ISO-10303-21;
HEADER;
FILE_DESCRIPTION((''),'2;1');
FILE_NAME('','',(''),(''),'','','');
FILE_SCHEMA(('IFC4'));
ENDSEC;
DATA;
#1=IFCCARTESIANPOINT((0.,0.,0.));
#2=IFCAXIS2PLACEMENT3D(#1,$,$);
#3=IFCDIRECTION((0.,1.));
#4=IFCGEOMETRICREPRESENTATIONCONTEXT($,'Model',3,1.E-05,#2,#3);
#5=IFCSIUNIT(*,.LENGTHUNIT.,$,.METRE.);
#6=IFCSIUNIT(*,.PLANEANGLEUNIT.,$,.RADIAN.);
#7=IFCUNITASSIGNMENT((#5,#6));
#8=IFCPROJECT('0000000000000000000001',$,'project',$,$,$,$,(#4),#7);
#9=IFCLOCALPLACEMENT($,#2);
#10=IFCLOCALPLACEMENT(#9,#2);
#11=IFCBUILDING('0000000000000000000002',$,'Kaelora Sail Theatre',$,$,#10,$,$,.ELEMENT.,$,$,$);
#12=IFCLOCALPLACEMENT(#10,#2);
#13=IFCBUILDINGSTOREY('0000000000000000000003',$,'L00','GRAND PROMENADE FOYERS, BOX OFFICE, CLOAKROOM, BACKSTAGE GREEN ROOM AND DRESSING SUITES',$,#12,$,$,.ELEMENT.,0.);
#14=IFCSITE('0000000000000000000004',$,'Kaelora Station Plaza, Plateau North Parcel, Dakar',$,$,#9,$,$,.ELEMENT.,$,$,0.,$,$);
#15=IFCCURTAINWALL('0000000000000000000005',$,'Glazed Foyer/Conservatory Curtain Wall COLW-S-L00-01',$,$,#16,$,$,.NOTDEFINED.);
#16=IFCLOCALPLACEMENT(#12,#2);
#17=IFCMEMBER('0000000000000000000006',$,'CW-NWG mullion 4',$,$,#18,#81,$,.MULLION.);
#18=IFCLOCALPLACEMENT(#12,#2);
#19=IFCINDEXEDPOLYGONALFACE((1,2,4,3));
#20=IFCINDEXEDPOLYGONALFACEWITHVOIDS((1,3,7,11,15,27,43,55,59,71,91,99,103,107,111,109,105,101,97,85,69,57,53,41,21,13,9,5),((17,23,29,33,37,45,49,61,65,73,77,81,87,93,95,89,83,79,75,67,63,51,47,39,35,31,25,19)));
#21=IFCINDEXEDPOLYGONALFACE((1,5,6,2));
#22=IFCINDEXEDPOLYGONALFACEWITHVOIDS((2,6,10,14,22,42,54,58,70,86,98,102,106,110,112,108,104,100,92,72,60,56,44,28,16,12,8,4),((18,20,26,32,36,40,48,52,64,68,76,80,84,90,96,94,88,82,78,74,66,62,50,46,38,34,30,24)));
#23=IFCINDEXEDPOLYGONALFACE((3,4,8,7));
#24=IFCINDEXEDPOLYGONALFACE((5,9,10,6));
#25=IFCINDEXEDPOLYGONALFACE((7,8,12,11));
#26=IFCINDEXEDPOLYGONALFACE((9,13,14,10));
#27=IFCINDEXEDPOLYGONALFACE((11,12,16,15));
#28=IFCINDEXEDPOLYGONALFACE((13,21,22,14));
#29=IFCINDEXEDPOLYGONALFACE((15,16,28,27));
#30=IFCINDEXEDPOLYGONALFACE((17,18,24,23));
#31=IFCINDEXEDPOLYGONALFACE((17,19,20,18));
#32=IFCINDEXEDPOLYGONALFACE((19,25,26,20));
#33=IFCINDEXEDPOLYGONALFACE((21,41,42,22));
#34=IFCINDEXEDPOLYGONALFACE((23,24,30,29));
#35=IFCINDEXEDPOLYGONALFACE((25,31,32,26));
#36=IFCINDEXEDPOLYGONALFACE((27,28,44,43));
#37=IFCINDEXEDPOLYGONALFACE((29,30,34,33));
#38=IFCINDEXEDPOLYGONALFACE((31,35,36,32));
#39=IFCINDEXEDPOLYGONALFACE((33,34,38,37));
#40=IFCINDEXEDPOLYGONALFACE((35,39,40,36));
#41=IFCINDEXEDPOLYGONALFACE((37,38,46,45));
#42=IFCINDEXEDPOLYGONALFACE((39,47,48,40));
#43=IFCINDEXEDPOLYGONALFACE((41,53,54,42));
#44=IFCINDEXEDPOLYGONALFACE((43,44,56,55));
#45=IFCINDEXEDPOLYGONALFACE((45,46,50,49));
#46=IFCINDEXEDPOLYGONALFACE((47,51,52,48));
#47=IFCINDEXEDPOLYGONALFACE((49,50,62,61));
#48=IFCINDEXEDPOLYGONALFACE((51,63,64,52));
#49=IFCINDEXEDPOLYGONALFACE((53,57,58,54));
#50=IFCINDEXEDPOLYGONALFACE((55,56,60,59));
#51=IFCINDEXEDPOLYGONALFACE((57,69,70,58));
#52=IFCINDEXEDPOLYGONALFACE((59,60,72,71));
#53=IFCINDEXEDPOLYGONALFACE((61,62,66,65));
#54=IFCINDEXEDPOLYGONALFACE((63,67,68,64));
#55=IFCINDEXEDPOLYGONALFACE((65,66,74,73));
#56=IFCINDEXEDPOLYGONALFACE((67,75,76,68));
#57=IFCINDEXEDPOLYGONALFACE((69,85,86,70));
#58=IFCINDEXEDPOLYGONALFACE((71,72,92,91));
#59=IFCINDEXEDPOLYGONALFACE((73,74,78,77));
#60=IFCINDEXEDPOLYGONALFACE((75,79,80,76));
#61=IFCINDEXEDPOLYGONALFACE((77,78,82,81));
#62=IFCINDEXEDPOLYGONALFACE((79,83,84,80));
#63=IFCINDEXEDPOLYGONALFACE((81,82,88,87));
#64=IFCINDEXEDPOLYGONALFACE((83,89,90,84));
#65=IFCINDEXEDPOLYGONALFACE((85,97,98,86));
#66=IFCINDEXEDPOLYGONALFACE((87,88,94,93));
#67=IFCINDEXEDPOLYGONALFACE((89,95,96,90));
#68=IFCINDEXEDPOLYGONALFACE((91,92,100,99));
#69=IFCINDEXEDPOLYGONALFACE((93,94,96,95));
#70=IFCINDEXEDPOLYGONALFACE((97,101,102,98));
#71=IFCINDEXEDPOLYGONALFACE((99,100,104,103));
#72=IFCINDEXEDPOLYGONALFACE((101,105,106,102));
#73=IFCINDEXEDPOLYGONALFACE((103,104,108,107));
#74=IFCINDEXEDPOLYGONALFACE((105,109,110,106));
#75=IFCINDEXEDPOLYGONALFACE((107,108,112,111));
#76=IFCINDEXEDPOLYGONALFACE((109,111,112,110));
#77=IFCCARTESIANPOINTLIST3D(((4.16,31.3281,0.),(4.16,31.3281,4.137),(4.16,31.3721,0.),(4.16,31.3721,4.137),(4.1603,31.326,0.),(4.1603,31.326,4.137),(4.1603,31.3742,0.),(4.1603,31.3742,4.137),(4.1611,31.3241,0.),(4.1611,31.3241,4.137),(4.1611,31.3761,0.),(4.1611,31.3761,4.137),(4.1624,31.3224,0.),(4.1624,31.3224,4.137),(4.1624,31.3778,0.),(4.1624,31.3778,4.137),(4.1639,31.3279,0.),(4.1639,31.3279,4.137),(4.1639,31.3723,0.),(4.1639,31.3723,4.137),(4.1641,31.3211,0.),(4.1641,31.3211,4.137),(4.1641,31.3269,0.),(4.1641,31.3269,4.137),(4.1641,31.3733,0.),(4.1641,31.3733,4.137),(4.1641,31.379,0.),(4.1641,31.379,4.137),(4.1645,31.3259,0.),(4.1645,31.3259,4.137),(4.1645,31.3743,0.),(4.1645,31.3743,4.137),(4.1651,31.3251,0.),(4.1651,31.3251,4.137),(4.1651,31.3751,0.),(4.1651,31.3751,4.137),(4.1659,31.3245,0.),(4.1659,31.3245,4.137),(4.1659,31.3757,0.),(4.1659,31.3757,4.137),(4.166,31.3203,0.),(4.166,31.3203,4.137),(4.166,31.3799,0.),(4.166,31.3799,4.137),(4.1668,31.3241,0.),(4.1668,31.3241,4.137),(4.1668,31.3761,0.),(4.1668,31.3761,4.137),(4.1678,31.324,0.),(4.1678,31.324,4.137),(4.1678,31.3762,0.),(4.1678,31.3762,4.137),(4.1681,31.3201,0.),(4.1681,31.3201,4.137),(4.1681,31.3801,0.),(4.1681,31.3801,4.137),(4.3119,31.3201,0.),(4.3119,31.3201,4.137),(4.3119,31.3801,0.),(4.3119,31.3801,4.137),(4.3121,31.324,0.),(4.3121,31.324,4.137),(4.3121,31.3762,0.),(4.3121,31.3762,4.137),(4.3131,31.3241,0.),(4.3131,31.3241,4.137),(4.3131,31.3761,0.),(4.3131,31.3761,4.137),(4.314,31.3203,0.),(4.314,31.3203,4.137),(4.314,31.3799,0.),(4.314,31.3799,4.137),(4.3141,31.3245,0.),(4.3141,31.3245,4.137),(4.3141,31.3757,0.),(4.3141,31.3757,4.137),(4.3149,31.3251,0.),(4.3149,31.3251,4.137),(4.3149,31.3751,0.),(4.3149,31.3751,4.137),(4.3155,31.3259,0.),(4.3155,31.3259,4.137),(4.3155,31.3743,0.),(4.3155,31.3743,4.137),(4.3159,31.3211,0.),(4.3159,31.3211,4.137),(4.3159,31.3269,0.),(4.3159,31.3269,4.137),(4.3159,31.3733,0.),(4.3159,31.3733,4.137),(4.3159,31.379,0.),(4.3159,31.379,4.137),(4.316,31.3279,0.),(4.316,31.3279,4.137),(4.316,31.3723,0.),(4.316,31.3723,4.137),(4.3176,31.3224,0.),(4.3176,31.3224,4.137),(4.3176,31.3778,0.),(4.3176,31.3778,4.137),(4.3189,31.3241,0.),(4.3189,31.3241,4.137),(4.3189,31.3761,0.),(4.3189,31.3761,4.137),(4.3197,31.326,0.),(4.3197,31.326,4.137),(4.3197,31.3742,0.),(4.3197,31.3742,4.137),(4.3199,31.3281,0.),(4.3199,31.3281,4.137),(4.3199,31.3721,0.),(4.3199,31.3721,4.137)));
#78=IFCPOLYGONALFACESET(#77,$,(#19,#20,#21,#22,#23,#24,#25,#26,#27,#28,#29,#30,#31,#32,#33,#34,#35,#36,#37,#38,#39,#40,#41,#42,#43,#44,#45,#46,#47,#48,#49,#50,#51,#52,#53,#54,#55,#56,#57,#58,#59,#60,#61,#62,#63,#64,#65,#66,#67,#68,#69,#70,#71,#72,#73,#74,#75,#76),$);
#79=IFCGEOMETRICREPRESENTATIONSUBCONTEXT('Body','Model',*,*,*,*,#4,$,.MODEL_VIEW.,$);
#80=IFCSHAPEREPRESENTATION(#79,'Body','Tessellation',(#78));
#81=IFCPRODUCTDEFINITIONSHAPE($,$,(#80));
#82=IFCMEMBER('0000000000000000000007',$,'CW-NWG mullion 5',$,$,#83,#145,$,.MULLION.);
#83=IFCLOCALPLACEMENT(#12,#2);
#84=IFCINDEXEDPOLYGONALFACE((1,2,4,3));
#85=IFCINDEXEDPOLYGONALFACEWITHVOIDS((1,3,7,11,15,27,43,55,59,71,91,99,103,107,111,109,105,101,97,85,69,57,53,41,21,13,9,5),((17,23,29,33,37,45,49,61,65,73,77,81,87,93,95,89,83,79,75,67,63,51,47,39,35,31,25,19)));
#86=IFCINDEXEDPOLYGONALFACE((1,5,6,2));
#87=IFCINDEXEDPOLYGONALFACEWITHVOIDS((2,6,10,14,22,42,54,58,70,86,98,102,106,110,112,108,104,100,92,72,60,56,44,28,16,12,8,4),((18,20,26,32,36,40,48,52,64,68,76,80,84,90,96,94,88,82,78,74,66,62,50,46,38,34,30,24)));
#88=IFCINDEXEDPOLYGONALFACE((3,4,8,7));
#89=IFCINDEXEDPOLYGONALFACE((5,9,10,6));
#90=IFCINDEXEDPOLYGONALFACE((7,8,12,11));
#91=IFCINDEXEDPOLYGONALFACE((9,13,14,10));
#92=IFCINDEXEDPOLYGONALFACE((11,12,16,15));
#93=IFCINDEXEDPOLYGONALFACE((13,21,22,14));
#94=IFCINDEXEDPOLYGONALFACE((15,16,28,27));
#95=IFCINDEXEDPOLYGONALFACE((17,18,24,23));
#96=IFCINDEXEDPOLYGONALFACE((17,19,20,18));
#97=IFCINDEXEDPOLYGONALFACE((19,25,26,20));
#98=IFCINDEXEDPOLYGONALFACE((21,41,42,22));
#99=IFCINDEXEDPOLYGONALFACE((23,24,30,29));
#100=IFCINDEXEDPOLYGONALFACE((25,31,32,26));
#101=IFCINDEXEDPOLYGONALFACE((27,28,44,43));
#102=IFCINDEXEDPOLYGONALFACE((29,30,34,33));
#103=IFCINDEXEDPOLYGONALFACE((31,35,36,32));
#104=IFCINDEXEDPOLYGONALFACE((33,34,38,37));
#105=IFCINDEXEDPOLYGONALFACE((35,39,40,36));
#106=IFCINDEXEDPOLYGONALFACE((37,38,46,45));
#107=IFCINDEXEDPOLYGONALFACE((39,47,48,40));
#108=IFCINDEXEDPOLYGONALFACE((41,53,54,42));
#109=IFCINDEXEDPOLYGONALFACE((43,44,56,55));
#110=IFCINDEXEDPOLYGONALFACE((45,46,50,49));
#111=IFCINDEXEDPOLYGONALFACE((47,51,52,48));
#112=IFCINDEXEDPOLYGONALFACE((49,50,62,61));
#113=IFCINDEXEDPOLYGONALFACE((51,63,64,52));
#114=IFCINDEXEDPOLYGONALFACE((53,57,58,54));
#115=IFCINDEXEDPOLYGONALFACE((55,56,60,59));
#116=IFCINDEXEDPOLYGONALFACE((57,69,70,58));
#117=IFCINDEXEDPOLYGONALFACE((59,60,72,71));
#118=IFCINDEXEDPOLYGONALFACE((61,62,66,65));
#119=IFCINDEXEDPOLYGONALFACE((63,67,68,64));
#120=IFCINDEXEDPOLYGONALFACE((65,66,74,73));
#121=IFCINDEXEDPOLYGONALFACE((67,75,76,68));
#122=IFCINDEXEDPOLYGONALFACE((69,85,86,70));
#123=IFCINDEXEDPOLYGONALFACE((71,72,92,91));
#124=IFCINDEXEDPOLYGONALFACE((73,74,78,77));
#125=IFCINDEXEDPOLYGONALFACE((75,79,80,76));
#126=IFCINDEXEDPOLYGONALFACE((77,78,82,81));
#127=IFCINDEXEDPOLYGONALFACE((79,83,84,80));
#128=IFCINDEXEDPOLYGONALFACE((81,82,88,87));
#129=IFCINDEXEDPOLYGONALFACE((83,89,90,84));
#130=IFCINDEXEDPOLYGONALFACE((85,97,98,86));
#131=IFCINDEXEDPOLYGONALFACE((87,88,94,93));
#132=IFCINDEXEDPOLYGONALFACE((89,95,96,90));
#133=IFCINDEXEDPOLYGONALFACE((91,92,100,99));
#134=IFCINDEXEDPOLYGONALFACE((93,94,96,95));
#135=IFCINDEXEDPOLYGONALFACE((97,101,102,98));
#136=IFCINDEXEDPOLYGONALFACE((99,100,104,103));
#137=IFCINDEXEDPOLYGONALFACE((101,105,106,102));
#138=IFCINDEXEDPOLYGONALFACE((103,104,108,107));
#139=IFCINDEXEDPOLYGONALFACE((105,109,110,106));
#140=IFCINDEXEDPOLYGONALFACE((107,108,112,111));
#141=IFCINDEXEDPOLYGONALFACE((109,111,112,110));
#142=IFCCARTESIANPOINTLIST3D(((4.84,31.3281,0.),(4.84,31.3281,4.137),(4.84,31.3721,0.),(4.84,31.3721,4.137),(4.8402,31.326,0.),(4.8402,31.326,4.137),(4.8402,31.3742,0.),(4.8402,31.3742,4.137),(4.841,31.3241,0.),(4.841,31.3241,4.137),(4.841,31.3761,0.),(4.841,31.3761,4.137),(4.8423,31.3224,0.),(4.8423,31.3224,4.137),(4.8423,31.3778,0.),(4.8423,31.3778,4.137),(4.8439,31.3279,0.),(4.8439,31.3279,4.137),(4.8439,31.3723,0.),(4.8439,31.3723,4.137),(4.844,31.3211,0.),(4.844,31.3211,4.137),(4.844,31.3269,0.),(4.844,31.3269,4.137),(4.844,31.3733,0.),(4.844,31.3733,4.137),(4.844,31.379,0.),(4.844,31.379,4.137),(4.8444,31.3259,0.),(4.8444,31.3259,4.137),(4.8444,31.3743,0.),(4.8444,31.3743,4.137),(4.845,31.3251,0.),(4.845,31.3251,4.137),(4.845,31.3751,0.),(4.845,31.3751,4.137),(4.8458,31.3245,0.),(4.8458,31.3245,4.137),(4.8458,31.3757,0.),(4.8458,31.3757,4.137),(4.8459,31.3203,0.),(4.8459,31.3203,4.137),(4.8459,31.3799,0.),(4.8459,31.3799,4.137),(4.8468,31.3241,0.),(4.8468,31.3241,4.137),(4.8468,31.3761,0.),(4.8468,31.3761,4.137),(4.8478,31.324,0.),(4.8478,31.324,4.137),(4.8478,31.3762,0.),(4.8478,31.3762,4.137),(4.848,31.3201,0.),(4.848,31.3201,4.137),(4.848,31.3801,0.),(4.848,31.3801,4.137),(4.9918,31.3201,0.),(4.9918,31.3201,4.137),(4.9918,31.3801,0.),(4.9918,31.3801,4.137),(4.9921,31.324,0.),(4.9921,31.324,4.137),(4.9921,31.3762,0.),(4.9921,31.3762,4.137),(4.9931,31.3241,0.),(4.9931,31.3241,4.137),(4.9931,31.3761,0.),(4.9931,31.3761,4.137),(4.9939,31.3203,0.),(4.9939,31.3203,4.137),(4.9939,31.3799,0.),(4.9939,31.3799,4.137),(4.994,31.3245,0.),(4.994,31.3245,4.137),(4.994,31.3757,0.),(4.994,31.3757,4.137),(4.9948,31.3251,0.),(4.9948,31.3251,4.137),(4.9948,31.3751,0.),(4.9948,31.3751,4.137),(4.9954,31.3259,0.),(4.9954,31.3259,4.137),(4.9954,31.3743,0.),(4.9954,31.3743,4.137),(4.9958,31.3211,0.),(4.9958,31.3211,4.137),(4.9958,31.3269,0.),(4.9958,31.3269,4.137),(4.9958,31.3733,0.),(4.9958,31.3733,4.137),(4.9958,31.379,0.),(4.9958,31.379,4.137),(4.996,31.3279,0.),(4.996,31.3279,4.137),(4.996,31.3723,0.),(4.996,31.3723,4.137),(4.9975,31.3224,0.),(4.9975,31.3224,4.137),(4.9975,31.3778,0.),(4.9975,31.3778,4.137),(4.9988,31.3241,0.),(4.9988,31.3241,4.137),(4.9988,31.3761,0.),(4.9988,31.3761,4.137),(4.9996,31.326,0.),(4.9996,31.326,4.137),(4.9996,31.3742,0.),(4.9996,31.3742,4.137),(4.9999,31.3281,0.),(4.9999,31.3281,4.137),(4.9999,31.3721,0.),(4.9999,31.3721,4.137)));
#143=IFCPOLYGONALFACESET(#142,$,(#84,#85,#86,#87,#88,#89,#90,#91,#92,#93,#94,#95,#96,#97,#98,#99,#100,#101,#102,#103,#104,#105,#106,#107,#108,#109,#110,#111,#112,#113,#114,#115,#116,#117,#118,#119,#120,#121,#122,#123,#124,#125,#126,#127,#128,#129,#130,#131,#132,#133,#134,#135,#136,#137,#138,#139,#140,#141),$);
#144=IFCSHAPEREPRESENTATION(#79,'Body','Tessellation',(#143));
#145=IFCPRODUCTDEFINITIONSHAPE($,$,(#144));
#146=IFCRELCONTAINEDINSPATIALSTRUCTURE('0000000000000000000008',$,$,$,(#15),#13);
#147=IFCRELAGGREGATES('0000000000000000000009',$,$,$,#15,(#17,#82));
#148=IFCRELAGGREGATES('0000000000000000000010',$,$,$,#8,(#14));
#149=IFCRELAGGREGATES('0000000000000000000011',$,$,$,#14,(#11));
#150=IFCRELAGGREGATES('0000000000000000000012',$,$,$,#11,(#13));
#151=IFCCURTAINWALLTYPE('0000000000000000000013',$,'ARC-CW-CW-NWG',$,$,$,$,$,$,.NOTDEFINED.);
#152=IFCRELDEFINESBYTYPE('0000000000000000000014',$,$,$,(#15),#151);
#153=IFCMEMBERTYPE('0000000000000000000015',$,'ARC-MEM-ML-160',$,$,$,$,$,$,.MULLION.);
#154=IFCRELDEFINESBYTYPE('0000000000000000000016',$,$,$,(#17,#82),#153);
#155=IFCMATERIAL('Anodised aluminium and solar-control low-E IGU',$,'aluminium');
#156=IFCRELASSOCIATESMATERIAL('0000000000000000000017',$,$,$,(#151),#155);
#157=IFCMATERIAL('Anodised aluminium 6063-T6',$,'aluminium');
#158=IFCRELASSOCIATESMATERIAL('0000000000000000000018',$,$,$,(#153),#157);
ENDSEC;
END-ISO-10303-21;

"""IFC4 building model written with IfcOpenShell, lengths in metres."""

from ifc_helpers import new_model, si_unit, direction, frame, origin, origin_2d, place, context, subcontext, project, spatial, hollow_rectangle, extrude, material, material_profile, profile_set, type_object, element, aggregate, save


model = new_model("IFC4")

# Units and contexts
model_context = context("Model", 3, precision=1e-05, world=origin(), true_north=direction((0.0, 1.0)))
body_context = subcontext(model_context, "Body", "Model", "MODEL_VIEW")
ifc_project = project(units=[si_unit("LENGTHUNIT", "METRE"), si_unit("PLANEANGLEUNIT", "RADIAN")], contexts=[model_context])

# Site, building, storey
site_placement = place(None, origin())
site = spatial("IfcSite", under=ifc_project, at=site_placement, Name="Kaelora Station Plaza, Plateau North Parcel, Dakar", CompositionType="ELEMENT", RefElevation=0.0)
building_placement = place(site_placement, origin())
building = spatial("IfcBuilding", under=site, at=building_placement, Name="Kaelora Sail Theatre", CompositionType="ELEMENT")
storey_placement = place(building_placement, origin())
storey = spatial("IfcBuildingStorey", under=building, at=storey_placement, Name="L00", Description="GRAND PROMENADE FOYERS, BOX OFFICE, CLOAKROOM, BACKSTAGE GREEN ROOM AND DRESSING SUITES", CompositionType="ELEMENT", Elevation=0.0)

# Curtain wall, members
ifc_material_1 = material(Name="Anodised aluminium and solar-control low-E IGU", Category="aluminium")
curtain_wall_type = type_object("IfcCurtainWallType", Name="ARC-CW-CW-NWG", PredefinedType="NOTDEFINED", material=ifc_material_1)
curtain_wall_placement = place(storey_placement, origin())
curtain_wall = element("IfcCurtainWall", 1, at=curtain_wall_placement, inside=storey, type_object=curtain_wall_type, Name="Glazed Foyer/Conservatory Curtain Wall COLW-S-L00-01", PredefinedType="NOTDEFINED")
ifc_material_2 = material(Name="Anodised aluminium 6063-T6", Category="aluminium")
ifc_material_profile_1 = material_profile(ifc_material_2, hollow_rectangle(XDim=0.0601, YDim=0.1599, WallThickness=0.0039, InnerFilletRadius=0.0039, OuterFilletRadius=0.0081, at=origin_2d()), Name="ALU-MULL 60x160x4")
ifc_profile_set_1 = profile_set([ifc_material_profile_1], Name="Anodised aluminium 6063-T6")
member_type_1 = type_object("IfcMemberType", Name="ARC-MEM-ML-160", PredefinedType="MULLION", material=ifc_profile_set_1)
member_1_placement = place(storey_placement, frame((4.24, 31.3501, 0.0), z_axis=(0.0, 0.0, 1.0), x_axis=(0.0, 1.0, 0.0)))
member_1 = element("IfcMember", 2, at=member_1_placement, type_object=member_type_1, Name="CW-NWG mullion 4", PredefinedType="MULLION", context=body_context, shape_type="SweptSolid", body=[
    extrude(hollow_rectangle(XDim=0.0601, YDim=0.1599, WallThickness=0.0039, InnerFilletRadius=0.0039, OuterFilletRadius=0.0081, at=origin_2d()), origin(), (0.0, 0.0, 1.0), 4.137),
])
member_2_placement = place(storey_placement, frame((4.9199, 31.3501, 0.0), z_axis=(0.0, 0.0, 1.0), x_axis=(0.0, 1.0, 0.0)))
member_2 = element("IfcMember", 3, at=member_2_placement, type_object=member_type_1, Name="CW-NWG mullion 5", PredefinedType="MULLION", context=body_context, shape_type="SweptSolid", body=[
    extrude(hollow_rectangle(XDim=0.0601, YDim=0.1599, WallThickness=0.0039, InnerFilletRadius=0.0039, OuterFilletRadius=0.0081, at=origin_2d()), origin(), (0.0, 0.0, 1.0), 4.137),
])
aggregate(curtain_wall, [member_1, member_2])

save(model, "model.ifc")
